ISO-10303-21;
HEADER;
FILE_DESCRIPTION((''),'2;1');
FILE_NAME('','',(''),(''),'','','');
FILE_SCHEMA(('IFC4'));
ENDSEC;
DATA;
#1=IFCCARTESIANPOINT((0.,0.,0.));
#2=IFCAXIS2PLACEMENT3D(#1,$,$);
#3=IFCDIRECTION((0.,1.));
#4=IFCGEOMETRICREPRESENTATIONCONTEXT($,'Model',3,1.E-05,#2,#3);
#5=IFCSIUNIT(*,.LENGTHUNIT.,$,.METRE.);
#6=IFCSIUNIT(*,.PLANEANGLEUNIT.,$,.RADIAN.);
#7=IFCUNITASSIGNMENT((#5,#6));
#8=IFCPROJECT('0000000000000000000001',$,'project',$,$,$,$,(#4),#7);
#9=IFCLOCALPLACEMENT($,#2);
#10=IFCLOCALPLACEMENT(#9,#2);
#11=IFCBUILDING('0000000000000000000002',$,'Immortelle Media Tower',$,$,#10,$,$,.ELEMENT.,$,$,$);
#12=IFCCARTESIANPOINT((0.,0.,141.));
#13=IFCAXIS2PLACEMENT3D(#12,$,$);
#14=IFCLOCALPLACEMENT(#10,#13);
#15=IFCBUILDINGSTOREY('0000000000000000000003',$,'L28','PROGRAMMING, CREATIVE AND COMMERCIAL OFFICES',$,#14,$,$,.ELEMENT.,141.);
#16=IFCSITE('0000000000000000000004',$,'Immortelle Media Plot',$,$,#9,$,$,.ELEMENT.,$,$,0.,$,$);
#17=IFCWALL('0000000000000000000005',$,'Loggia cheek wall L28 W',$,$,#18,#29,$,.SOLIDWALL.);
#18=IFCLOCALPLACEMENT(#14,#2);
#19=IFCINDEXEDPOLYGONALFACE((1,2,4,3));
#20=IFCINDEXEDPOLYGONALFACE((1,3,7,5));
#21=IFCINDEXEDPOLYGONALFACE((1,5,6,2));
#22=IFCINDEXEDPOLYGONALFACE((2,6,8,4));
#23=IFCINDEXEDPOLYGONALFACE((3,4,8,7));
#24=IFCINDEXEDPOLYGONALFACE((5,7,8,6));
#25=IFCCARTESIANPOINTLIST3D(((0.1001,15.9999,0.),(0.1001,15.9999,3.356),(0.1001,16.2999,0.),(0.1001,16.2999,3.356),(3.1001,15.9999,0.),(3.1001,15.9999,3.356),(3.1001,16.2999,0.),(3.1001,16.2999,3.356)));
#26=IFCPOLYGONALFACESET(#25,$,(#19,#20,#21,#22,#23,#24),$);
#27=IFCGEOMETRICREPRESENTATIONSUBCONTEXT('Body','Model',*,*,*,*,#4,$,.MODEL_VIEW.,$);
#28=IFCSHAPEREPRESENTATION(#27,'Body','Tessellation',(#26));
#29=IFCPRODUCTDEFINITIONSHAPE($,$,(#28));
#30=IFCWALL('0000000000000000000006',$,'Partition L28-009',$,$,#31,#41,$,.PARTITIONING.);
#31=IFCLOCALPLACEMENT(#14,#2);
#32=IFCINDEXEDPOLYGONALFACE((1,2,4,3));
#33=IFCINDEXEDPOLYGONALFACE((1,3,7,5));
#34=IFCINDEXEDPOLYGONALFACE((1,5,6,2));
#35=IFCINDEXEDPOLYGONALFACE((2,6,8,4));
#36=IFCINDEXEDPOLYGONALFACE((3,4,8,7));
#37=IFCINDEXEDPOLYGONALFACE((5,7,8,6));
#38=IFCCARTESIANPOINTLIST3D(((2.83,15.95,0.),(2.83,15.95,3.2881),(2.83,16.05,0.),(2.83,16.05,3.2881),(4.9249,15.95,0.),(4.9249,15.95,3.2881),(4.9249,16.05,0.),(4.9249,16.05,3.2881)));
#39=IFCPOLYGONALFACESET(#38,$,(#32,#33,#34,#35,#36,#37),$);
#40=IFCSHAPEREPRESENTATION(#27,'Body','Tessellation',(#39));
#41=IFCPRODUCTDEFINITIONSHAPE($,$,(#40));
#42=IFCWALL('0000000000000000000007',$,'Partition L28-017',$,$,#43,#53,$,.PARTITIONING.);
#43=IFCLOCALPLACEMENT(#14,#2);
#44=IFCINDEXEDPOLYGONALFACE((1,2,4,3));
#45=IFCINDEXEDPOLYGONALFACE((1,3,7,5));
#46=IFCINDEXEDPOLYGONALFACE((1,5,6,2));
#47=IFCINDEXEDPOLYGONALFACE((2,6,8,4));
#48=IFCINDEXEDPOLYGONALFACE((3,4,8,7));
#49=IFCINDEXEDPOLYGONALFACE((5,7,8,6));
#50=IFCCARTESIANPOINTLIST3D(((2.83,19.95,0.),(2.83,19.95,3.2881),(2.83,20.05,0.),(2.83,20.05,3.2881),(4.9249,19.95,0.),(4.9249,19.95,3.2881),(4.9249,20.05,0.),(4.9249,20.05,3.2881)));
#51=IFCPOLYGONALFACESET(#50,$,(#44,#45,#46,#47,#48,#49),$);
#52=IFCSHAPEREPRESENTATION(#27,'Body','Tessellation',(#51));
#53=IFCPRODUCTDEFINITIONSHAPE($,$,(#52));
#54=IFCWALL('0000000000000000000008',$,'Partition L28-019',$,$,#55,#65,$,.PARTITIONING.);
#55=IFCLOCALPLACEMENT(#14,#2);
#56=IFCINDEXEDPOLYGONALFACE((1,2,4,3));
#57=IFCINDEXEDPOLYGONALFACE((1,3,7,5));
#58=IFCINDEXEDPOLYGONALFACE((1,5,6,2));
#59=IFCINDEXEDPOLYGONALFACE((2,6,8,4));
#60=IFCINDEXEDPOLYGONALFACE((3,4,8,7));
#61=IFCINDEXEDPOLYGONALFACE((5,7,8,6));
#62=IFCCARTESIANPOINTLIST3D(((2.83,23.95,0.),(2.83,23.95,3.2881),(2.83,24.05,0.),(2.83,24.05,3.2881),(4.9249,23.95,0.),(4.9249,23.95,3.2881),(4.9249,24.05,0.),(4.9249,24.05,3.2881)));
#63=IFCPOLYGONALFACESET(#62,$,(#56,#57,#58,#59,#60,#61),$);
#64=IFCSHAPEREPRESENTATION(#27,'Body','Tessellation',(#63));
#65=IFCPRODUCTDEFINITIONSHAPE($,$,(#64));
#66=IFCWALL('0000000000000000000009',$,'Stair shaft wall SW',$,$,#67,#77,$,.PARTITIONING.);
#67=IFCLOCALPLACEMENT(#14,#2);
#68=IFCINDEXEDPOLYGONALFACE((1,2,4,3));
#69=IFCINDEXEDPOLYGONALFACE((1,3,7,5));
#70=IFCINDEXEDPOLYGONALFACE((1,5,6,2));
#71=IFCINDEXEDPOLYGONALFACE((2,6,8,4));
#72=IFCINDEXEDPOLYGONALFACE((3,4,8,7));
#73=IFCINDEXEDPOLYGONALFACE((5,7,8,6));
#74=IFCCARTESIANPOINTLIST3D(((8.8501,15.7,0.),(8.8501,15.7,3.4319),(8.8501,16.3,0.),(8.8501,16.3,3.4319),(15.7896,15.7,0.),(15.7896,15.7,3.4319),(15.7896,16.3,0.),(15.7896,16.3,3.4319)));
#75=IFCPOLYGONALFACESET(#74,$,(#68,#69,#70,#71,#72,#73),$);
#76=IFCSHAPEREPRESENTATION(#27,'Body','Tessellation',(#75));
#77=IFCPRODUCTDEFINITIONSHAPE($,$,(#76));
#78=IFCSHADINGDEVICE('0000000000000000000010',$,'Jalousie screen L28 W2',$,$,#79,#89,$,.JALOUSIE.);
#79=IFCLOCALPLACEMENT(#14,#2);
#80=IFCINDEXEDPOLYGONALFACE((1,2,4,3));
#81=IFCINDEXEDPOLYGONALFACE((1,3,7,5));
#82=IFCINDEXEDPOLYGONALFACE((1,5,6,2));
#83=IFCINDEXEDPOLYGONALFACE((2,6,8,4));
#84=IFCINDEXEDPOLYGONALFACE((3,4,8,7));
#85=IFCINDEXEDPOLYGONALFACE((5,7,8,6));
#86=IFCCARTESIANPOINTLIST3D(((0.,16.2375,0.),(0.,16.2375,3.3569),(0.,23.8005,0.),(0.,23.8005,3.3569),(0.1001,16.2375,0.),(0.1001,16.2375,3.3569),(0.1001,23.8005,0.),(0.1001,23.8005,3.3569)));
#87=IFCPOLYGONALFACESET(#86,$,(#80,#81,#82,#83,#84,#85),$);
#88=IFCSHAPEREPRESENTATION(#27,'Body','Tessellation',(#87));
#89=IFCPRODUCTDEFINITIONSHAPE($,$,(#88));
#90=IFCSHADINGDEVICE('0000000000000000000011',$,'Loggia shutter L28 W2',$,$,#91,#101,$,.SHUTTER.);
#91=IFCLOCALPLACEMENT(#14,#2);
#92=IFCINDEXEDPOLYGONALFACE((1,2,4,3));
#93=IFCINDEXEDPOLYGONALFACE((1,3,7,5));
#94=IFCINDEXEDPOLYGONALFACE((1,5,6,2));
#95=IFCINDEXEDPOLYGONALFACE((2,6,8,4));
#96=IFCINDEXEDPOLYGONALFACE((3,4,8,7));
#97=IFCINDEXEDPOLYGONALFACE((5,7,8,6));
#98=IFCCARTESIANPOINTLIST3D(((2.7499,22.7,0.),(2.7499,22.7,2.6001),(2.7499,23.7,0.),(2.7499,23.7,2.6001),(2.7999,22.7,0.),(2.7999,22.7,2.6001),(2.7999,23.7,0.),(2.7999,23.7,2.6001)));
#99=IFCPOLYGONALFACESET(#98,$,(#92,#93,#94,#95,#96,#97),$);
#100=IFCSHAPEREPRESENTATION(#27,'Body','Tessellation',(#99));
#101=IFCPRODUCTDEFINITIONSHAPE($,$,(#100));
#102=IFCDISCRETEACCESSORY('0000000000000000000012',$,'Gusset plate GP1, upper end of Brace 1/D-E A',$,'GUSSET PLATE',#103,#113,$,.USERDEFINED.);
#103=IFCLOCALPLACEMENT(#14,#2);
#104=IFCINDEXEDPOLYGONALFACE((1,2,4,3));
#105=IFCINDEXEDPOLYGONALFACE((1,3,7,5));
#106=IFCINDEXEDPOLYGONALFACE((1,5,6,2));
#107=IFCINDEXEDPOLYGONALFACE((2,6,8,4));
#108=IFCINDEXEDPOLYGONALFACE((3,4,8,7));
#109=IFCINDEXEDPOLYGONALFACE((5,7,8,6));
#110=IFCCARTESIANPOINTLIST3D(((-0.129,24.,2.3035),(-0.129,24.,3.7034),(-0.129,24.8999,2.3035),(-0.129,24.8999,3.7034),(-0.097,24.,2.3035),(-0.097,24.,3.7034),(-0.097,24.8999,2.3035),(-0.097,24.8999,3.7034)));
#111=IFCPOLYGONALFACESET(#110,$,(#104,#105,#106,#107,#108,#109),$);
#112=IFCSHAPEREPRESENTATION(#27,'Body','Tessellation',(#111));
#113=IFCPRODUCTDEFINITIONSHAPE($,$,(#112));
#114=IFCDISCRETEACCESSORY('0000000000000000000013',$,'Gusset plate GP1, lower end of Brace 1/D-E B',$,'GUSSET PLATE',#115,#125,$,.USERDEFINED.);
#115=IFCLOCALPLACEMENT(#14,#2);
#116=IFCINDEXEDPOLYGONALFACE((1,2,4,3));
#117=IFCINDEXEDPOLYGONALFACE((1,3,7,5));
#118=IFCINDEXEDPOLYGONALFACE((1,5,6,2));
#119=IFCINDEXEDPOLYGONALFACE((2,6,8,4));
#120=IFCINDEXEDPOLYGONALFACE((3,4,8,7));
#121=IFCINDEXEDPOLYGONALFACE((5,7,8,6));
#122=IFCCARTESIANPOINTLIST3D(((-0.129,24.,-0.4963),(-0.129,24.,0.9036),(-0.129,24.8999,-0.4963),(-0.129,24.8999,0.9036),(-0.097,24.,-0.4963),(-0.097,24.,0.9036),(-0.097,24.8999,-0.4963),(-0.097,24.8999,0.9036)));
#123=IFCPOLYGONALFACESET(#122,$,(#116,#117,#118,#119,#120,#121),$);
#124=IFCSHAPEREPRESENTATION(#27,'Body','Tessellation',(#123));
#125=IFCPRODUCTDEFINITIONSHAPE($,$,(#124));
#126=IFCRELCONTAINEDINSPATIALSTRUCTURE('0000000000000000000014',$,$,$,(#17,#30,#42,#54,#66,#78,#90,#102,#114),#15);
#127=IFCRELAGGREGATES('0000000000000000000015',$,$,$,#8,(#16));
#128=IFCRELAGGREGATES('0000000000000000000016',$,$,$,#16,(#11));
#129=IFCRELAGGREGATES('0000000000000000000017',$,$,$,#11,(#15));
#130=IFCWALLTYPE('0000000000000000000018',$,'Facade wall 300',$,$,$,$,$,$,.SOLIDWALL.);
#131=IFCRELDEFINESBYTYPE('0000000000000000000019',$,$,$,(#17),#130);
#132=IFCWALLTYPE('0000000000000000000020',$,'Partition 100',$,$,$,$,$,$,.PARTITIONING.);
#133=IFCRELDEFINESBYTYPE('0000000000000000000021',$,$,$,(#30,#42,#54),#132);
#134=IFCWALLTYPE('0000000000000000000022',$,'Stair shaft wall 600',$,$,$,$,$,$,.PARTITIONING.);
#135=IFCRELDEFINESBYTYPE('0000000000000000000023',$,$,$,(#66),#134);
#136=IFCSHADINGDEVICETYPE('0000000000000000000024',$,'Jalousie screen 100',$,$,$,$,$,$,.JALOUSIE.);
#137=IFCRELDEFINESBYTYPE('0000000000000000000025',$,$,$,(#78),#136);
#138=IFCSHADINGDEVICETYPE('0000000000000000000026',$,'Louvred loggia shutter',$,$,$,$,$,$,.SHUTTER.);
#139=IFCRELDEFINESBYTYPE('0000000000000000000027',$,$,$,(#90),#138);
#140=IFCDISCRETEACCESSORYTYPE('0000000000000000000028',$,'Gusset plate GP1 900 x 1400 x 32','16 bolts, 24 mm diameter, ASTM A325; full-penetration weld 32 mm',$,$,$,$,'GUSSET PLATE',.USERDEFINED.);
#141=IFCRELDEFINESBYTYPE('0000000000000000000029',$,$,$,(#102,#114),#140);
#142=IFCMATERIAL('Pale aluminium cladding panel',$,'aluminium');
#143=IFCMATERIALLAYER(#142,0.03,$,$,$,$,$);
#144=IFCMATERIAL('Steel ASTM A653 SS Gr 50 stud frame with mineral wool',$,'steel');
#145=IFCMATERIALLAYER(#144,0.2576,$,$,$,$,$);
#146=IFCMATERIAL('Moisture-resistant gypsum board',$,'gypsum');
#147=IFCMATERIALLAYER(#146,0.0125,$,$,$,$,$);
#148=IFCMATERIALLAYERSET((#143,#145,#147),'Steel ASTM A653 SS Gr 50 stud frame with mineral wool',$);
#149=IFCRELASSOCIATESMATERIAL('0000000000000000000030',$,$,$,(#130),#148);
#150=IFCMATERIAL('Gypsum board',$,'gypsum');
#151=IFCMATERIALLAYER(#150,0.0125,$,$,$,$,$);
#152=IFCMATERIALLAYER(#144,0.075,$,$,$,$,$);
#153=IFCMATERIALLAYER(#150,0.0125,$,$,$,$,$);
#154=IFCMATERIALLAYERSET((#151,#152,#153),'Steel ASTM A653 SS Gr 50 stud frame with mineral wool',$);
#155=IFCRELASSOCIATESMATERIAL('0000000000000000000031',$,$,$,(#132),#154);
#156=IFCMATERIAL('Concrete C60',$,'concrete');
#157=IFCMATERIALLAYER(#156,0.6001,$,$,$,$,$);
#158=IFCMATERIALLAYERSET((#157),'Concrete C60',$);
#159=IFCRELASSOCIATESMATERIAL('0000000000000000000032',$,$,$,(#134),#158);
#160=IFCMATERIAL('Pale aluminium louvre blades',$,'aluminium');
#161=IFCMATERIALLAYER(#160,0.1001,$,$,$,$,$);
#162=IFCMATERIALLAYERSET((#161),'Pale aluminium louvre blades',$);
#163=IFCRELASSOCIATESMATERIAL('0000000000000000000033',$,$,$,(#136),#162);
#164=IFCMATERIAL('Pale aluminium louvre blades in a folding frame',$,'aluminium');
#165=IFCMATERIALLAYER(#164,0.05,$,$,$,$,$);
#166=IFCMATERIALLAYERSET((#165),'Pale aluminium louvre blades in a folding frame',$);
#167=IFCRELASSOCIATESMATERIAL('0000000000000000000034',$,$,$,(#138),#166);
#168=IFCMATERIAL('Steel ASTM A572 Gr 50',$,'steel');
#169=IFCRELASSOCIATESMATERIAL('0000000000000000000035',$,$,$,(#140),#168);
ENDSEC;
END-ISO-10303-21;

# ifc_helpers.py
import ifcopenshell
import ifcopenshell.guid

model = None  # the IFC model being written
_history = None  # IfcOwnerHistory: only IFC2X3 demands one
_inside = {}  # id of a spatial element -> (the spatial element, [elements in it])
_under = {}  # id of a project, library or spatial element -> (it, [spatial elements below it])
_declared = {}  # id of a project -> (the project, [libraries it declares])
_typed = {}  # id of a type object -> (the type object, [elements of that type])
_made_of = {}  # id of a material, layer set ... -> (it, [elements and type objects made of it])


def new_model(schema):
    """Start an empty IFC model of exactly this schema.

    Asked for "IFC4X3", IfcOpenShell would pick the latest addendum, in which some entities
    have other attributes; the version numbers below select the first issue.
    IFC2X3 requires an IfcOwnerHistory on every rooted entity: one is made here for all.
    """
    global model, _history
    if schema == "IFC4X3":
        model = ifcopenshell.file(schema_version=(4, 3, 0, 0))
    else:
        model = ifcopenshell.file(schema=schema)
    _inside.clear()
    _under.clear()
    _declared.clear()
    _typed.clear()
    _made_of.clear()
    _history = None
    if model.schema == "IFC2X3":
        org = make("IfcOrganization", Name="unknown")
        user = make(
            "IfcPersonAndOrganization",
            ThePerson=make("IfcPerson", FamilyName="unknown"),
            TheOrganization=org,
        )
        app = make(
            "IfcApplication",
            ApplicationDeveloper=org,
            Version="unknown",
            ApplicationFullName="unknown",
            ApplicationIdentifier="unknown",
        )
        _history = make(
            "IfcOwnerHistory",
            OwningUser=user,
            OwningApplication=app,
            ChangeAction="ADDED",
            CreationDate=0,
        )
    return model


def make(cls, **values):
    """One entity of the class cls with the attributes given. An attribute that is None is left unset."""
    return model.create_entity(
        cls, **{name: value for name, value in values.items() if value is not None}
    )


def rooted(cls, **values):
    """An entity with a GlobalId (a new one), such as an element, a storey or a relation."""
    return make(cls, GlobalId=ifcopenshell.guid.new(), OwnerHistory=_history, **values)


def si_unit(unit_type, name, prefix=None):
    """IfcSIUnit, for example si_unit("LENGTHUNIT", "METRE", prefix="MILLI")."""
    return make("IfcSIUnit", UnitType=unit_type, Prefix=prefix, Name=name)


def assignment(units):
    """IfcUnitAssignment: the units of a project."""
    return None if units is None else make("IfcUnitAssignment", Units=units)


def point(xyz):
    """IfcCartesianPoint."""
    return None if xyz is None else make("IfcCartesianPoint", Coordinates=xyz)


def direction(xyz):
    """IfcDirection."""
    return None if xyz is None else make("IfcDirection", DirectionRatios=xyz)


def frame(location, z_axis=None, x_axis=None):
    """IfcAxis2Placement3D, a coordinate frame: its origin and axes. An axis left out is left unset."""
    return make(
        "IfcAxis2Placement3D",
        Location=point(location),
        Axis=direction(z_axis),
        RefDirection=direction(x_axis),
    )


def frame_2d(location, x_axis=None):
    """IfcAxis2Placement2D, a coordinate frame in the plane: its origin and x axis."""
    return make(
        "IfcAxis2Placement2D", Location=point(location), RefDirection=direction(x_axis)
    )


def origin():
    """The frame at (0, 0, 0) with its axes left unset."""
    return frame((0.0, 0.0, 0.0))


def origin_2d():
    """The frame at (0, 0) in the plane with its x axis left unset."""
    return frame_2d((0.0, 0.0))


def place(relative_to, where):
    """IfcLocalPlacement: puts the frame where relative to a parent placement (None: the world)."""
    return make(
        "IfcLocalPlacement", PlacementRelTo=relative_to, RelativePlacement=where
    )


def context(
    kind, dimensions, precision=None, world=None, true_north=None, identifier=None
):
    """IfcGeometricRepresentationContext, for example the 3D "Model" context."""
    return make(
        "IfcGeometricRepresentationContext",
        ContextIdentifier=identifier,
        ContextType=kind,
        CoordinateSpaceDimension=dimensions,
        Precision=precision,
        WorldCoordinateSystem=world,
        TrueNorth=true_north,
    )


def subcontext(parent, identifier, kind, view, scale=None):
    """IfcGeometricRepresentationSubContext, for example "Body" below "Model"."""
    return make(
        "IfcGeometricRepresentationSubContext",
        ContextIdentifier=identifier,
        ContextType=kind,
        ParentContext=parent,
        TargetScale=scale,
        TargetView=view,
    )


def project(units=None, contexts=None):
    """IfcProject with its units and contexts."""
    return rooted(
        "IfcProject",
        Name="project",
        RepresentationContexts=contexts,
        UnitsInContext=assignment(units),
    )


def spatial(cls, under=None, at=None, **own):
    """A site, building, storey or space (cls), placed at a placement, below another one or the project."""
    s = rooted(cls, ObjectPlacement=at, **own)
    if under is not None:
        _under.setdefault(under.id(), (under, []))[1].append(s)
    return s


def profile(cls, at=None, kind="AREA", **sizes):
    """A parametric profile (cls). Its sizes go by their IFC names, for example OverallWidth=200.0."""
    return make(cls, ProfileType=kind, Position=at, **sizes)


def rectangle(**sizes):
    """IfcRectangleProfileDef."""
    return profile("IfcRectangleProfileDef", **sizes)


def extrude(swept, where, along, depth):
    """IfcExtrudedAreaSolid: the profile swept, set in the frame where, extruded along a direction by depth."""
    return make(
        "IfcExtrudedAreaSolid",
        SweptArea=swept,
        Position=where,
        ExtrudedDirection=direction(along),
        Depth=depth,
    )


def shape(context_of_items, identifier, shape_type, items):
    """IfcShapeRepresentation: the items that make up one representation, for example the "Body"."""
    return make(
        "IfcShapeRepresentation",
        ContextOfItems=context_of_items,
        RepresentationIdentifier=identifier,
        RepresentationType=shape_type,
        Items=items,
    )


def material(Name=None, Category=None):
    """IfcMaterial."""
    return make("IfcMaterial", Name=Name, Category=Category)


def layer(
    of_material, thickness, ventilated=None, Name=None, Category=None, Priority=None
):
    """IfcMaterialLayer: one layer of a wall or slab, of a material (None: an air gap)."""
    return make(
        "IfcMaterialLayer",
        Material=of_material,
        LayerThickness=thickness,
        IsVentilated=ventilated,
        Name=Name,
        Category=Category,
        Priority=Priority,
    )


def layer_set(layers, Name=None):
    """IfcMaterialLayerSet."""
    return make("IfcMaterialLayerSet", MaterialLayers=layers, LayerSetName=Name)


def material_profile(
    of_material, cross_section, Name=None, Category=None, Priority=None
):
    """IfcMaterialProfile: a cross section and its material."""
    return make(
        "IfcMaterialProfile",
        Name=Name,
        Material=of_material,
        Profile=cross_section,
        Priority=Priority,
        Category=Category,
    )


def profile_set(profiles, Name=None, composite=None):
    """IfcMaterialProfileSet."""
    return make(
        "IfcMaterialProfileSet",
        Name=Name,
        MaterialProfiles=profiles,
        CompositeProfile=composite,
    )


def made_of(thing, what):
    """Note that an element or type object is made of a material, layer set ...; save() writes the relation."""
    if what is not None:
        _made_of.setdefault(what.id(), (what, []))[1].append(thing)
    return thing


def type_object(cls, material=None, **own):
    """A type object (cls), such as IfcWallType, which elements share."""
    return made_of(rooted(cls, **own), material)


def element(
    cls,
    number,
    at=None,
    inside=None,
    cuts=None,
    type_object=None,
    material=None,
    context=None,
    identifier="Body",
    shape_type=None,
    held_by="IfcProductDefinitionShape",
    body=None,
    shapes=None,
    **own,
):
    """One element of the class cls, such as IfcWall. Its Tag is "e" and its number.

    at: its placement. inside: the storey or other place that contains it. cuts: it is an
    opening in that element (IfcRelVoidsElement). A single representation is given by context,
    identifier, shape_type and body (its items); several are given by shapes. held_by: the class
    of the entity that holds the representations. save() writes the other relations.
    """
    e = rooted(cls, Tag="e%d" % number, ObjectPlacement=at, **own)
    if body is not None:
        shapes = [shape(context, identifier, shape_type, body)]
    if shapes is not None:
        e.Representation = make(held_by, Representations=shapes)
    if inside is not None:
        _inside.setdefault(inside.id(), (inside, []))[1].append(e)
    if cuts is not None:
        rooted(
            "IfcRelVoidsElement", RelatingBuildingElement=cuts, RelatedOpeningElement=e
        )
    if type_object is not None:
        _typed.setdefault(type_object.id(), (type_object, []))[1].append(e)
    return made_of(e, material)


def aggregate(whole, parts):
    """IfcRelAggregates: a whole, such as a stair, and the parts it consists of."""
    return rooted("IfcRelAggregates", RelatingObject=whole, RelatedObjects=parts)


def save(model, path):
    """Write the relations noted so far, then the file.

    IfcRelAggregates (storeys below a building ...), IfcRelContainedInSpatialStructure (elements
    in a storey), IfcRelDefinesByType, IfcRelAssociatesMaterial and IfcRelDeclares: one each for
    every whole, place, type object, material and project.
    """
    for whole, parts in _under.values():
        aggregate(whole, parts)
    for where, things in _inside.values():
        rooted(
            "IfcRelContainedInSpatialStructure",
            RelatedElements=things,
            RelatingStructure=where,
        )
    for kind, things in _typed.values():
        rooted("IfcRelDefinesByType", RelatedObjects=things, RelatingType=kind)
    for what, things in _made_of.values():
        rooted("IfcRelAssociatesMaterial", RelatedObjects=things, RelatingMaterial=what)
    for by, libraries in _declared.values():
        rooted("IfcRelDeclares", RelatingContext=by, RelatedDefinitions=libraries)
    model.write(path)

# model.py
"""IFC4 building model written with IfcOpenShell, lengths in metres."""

from ifc_helpers import new_model, si_unit, direction, frame, frame_2d, origin, origin_2d, place, context, subcontext, project, spatial, rectangle, extrude, material, layer, layer_set, material_profile, profile_set, type_object, element, save


model = new_model("IFC4")

# Units and contexts
model_context = context("Model", 3, precision=1e-05, world=origin(), true_north=direction((0.0, 1.0)))
body_context = subcontext(model_context, "Body", "Model", "MODEL_VIEW")
ifc_project = project(units=[si_unit("LENGTHUNIT", "METRE"), si_unit("PLANEANGLEUNIT", "RADIAN")], contexts=[model_context])

# Site, building, storey
site_placement = place(None, origin())
site = spatial("IfcSite", under=ifc_project, at=site_placement, Name="Immortelle Media Plot", CompositionType="ELEMENT", RefElevation=0.0)
building_placement = place(site_placement, origin())
building = spatial("IfcBuilding", under=site, at=building_placement, Name="Immortelle Media Tower", CompositionType="ELEMENT")
storey_placement = place(building_placement, frame((0.0, 0.0, 141.0)))
storey = spatial("IfcBuildingStorey", under=building, at=storey_placement, Name="L28", Description="PROGRAMMING, CREATIVE AND COMMERCIAL OFFICES", CompositionType="ELEMENT", Elevation=141.0)

# Shared definitions
ifc_material_1 = material(Name="Steel ASTM A653 SS Gr 50 stud frame with mineral wool", Category="steel")

# Shared definitions
ifc_material_2 = material(Name="Pale aluminium cladding panel", Category="aluminium")
ifc_layer_1 = layer(ifc_material_2, 0.03)
ifc_layer_2 = layer(ifc_material_1, 0.2576)
ifc_material_3 = material(Name="Moisture-resistant gypsum board", Category="gypsum")
ifc_layer_3 = layer(ifc_material_3, 0.0125)
ifc_layer_set_1 = layer_set([ifc_layer_1, ifc_layer_2, ifc_layer_3], Name="Steel ASTM A653 SS Gr 50 stud frame with mineral wool")
wall_type_1 = type_object("IfcWallType", Name="Facade wall 300", PredefinedType="SOLIDWALL", material=ifc_layer_set_1)

# Walls
for number, where, z_axis, x_axis, name in (
    (1, (0.1001, 16.1499, 0.0), (0.0, 0.0, 1.0), (1.0, 0.0, 0.0), "Loggia cheek wall L28 W"),
):
    element("IfcWall", number, at=place(storey_placement, frame(where, z_axis=z_axis, x_axis=x_axis)), inside=storey, type_object=wall_type_1, Name=name, PredefinedType="SOLIDWALL", context=body_context, shape_type="SweptSolid", body=[
        extrude(rectangle(XDim=3.0, YDim=0.3, at=frame_2d((1.5, 0.0))), origin(), (0.0, 0.0, 1.0), 3.356),
    ])
ifc_material_4 = material(Name="Gypsum board", Category="gypsum")
ifc_layer_4 = layer(ifc_material_4, 0.0125)
ifc_layer_5 = layer(ifc_material_1, 0.075)
ifc_layer_6 = layer(ifc_material_4, 0.0125)
ifc_layer_set_2 = layer_set([ifc_layer_4, ifc_layer_5, ifc_layer_6], Name="Steel ASTM A653 SS Gr 50 stud frame with mineral wool")
wall_type_2 = type_object("IfcWallType", Name="Partition 100", PredefinedType="PARTITIONING", material=ifc_layer_set_2)
for number, where, z_axis, x_axis, name in (
    (2, (2.8301, 16.0, 0.0), (0.0, 0.0, 1.0), (1.0, 0.0, 0.0), "Partition L28-009"),
    (3, (2.8301, 20.0, 0.0), (0.0, 0.0, 1.0), (1.0, 0.0, 0.0), "Partition L28-017"),
    (4, (2.8301, 24.0, 0.0), (0.0, 0.0, 1.0), (1.0, 0.0, 0.0), "Partition L28-019"),
):
    element("IfcWall", number, at=place(storey_placement, frame(where, z_axis=z_axis, x_axis=x_axis)), inside=storey, type_object=wall_type_2, Name=name, PredefinedType="PARTITIONING", context=body_context, shape_type="SweptSolid", body=[
        extrude(rectangle(XDim=2.095, YDim=0.1001, at=frame_2d((1.0474, 0.0))), origin(), (0.0, 0.0, 1.0), 3.2881),
    ])
ifc_material_5 = material(Name="Concrete C60", Category="concrete")
ifc_layer_7 = layer(ifc_material_5, 0.6001)
ifc_layer_set_3 = layer_set([ifc_layer_7], Name="Concrete C60")
wall_type_3 = type_object("IfcWallType", Name="Stair shaft wall 600", PredefinedType="PARTITIONING", material=ifc_layer_set_3)
wall_1_placement = place(storey_placement, frame((8.8501, 16.0, 0.0), z_axis=(0.0, 0.0, 1.0), x_axis=(1.0, 0.0, 0.0)))
element("IfcWall", 5, at=wall_1_placement, inside=storey, type_object=wall_type_3, Name="Stair shaft wall SW", PredefinedType="PARTITIONING", context=body_context, shape_type="SweptSolid", body=[
    extrude(rectangle(XDim=6.9395, YDim=0.6001, at=frame_2d((3.4697, 0.0))), origin(), (0.0, 0.0, 1.0), 3.4319),
])

# Shading devices
ifc_material_6 = material(Name="Pale aluminium louvre blades", Category="aluminium")
ifc_layer_8 = layer(ifc_material_6, 0.1001)
ifc_layer_set_4 = layer_set([ifc_layer_8], Name="Pale aluminium louvre blades")
shading_device_type_1 = type_object("IfcShadingDeviceType", Name="Jalousie screen 100", PredefinedType="JALOUSIE", material=ifc_layer_set_4)
shading_device_1_placement = place(storey_placement, frame((0.05, 20.019, 0.0), z_axis=(0.0, 0.0, 1.0), x_axis=(0.0, -1.0, 0.0)))
element("IfcShadingDevice", 6, at=shading_device_1_placement, inside=storey, type_object=shading_device_type_1, Name="Jalousie screen L28 W2", PredefinedType="JALOUSIE", context=body_context, shape_type="SweptSolid", body=[
    extrude(rectangle(XDim=7.563, YDim=0.1001, at=origin_2d()), origin(), (0.0, 0.0, 1.0), 3.3569),
])
ifc_material_7 = material(Name="Pale aluminium louvre blades in a folding frame", Category="aluminium")
ifc_layer_9 = layer(ifc_material_7, 0.05)
ifc_layer_set_5 = layer_set([ifc_layer_9], Name="Pale aluminium louvre blades in a folding frame")
shading_device_type_2 = type_object("IfcShadingDeviceType", Name="Louvred loggia shutter", PredefinedType="SHUTTER", material=ifc_layer_set_5)
shading_device_2_placement = place(storey_placement, frame((2.7749, 23.2, 0.0), z_axis=(0.0, 0.0, 1.0), x_axis=(0.0, -1.0, 0.0)))
element("IfcShadingDevice", 7, at=shading_device_2_placement, inside=storey, type_object=shading_device_type_2, Name="Loggia shutter L28 W2", PredefinedType="SHUTTER", context=body_context, shape_type="SweptSolid", body=[
    extrude(rectangle(XDim=1.0, YDim=0.05, at=origin_2d()), origin(), (0.0, 0.0, 1.0), 2.6001),
])

# Discrete accessories
ifc_material_8 = material(Name="Steel ASTM A572 Gr 50", Category="steel")
ifc_material_profile_1 = material_profile(ifc_material_8, rectangle(XDim=0.032, YDim=1.3999, at=origin_2d()), Name="PL 32 x 1400")
ifc_profile_set_1 = profile_set([ifc_material_profile_1], Name="Steel ASTM A572 Gr 50")
discrete_accessory_type = type_object("IfcDiscreteAccessoryType", Name="Gusset plate GP1 900 x 1400 x 32", Description="16 bolts, 24 mm diameter, ASTM A325; full-penetration weld 32 mm", ElementType="GUSSET PLATE", PredefinedType="USERDEFINED", material=ifc_profile_set_1)
for number, where, z_axis, x_axis, name in (
    (8, (-0.113, 24.0, 3.0034), (0.0, 1.0, 0.0), (-1.0, 0.0, 0.0), "Gusset plate GP1, upper end of Brace 1/D-E A"),
    (9, (-0.113, 24.0, 0.2036), (0.0, 1.0, 0.0), (-1.0, 0.0, 0.0), "Gusset plate GP1, lower end of Brace 1/D-E B"),
):
    element("IfcDiscreteAccessory", number, at=place(storey_placement, frame(where, z_axis=z_axis, x_axis=x_axis)), inside=storey, type_object=discrete_accessory_type, Name=name, ObjectType="GUSSET PLATE", PredefinedType="USERDEFINED", context=body_context, shape_type="SweptSolid", body=[
        extrude(rectangle(XDim=0.032, YDim=1.3999, at=origin_2d()), origin(), (0.0, 0.0, 1.0), 0.8999),
    ])

save(model, "model.ifc")
